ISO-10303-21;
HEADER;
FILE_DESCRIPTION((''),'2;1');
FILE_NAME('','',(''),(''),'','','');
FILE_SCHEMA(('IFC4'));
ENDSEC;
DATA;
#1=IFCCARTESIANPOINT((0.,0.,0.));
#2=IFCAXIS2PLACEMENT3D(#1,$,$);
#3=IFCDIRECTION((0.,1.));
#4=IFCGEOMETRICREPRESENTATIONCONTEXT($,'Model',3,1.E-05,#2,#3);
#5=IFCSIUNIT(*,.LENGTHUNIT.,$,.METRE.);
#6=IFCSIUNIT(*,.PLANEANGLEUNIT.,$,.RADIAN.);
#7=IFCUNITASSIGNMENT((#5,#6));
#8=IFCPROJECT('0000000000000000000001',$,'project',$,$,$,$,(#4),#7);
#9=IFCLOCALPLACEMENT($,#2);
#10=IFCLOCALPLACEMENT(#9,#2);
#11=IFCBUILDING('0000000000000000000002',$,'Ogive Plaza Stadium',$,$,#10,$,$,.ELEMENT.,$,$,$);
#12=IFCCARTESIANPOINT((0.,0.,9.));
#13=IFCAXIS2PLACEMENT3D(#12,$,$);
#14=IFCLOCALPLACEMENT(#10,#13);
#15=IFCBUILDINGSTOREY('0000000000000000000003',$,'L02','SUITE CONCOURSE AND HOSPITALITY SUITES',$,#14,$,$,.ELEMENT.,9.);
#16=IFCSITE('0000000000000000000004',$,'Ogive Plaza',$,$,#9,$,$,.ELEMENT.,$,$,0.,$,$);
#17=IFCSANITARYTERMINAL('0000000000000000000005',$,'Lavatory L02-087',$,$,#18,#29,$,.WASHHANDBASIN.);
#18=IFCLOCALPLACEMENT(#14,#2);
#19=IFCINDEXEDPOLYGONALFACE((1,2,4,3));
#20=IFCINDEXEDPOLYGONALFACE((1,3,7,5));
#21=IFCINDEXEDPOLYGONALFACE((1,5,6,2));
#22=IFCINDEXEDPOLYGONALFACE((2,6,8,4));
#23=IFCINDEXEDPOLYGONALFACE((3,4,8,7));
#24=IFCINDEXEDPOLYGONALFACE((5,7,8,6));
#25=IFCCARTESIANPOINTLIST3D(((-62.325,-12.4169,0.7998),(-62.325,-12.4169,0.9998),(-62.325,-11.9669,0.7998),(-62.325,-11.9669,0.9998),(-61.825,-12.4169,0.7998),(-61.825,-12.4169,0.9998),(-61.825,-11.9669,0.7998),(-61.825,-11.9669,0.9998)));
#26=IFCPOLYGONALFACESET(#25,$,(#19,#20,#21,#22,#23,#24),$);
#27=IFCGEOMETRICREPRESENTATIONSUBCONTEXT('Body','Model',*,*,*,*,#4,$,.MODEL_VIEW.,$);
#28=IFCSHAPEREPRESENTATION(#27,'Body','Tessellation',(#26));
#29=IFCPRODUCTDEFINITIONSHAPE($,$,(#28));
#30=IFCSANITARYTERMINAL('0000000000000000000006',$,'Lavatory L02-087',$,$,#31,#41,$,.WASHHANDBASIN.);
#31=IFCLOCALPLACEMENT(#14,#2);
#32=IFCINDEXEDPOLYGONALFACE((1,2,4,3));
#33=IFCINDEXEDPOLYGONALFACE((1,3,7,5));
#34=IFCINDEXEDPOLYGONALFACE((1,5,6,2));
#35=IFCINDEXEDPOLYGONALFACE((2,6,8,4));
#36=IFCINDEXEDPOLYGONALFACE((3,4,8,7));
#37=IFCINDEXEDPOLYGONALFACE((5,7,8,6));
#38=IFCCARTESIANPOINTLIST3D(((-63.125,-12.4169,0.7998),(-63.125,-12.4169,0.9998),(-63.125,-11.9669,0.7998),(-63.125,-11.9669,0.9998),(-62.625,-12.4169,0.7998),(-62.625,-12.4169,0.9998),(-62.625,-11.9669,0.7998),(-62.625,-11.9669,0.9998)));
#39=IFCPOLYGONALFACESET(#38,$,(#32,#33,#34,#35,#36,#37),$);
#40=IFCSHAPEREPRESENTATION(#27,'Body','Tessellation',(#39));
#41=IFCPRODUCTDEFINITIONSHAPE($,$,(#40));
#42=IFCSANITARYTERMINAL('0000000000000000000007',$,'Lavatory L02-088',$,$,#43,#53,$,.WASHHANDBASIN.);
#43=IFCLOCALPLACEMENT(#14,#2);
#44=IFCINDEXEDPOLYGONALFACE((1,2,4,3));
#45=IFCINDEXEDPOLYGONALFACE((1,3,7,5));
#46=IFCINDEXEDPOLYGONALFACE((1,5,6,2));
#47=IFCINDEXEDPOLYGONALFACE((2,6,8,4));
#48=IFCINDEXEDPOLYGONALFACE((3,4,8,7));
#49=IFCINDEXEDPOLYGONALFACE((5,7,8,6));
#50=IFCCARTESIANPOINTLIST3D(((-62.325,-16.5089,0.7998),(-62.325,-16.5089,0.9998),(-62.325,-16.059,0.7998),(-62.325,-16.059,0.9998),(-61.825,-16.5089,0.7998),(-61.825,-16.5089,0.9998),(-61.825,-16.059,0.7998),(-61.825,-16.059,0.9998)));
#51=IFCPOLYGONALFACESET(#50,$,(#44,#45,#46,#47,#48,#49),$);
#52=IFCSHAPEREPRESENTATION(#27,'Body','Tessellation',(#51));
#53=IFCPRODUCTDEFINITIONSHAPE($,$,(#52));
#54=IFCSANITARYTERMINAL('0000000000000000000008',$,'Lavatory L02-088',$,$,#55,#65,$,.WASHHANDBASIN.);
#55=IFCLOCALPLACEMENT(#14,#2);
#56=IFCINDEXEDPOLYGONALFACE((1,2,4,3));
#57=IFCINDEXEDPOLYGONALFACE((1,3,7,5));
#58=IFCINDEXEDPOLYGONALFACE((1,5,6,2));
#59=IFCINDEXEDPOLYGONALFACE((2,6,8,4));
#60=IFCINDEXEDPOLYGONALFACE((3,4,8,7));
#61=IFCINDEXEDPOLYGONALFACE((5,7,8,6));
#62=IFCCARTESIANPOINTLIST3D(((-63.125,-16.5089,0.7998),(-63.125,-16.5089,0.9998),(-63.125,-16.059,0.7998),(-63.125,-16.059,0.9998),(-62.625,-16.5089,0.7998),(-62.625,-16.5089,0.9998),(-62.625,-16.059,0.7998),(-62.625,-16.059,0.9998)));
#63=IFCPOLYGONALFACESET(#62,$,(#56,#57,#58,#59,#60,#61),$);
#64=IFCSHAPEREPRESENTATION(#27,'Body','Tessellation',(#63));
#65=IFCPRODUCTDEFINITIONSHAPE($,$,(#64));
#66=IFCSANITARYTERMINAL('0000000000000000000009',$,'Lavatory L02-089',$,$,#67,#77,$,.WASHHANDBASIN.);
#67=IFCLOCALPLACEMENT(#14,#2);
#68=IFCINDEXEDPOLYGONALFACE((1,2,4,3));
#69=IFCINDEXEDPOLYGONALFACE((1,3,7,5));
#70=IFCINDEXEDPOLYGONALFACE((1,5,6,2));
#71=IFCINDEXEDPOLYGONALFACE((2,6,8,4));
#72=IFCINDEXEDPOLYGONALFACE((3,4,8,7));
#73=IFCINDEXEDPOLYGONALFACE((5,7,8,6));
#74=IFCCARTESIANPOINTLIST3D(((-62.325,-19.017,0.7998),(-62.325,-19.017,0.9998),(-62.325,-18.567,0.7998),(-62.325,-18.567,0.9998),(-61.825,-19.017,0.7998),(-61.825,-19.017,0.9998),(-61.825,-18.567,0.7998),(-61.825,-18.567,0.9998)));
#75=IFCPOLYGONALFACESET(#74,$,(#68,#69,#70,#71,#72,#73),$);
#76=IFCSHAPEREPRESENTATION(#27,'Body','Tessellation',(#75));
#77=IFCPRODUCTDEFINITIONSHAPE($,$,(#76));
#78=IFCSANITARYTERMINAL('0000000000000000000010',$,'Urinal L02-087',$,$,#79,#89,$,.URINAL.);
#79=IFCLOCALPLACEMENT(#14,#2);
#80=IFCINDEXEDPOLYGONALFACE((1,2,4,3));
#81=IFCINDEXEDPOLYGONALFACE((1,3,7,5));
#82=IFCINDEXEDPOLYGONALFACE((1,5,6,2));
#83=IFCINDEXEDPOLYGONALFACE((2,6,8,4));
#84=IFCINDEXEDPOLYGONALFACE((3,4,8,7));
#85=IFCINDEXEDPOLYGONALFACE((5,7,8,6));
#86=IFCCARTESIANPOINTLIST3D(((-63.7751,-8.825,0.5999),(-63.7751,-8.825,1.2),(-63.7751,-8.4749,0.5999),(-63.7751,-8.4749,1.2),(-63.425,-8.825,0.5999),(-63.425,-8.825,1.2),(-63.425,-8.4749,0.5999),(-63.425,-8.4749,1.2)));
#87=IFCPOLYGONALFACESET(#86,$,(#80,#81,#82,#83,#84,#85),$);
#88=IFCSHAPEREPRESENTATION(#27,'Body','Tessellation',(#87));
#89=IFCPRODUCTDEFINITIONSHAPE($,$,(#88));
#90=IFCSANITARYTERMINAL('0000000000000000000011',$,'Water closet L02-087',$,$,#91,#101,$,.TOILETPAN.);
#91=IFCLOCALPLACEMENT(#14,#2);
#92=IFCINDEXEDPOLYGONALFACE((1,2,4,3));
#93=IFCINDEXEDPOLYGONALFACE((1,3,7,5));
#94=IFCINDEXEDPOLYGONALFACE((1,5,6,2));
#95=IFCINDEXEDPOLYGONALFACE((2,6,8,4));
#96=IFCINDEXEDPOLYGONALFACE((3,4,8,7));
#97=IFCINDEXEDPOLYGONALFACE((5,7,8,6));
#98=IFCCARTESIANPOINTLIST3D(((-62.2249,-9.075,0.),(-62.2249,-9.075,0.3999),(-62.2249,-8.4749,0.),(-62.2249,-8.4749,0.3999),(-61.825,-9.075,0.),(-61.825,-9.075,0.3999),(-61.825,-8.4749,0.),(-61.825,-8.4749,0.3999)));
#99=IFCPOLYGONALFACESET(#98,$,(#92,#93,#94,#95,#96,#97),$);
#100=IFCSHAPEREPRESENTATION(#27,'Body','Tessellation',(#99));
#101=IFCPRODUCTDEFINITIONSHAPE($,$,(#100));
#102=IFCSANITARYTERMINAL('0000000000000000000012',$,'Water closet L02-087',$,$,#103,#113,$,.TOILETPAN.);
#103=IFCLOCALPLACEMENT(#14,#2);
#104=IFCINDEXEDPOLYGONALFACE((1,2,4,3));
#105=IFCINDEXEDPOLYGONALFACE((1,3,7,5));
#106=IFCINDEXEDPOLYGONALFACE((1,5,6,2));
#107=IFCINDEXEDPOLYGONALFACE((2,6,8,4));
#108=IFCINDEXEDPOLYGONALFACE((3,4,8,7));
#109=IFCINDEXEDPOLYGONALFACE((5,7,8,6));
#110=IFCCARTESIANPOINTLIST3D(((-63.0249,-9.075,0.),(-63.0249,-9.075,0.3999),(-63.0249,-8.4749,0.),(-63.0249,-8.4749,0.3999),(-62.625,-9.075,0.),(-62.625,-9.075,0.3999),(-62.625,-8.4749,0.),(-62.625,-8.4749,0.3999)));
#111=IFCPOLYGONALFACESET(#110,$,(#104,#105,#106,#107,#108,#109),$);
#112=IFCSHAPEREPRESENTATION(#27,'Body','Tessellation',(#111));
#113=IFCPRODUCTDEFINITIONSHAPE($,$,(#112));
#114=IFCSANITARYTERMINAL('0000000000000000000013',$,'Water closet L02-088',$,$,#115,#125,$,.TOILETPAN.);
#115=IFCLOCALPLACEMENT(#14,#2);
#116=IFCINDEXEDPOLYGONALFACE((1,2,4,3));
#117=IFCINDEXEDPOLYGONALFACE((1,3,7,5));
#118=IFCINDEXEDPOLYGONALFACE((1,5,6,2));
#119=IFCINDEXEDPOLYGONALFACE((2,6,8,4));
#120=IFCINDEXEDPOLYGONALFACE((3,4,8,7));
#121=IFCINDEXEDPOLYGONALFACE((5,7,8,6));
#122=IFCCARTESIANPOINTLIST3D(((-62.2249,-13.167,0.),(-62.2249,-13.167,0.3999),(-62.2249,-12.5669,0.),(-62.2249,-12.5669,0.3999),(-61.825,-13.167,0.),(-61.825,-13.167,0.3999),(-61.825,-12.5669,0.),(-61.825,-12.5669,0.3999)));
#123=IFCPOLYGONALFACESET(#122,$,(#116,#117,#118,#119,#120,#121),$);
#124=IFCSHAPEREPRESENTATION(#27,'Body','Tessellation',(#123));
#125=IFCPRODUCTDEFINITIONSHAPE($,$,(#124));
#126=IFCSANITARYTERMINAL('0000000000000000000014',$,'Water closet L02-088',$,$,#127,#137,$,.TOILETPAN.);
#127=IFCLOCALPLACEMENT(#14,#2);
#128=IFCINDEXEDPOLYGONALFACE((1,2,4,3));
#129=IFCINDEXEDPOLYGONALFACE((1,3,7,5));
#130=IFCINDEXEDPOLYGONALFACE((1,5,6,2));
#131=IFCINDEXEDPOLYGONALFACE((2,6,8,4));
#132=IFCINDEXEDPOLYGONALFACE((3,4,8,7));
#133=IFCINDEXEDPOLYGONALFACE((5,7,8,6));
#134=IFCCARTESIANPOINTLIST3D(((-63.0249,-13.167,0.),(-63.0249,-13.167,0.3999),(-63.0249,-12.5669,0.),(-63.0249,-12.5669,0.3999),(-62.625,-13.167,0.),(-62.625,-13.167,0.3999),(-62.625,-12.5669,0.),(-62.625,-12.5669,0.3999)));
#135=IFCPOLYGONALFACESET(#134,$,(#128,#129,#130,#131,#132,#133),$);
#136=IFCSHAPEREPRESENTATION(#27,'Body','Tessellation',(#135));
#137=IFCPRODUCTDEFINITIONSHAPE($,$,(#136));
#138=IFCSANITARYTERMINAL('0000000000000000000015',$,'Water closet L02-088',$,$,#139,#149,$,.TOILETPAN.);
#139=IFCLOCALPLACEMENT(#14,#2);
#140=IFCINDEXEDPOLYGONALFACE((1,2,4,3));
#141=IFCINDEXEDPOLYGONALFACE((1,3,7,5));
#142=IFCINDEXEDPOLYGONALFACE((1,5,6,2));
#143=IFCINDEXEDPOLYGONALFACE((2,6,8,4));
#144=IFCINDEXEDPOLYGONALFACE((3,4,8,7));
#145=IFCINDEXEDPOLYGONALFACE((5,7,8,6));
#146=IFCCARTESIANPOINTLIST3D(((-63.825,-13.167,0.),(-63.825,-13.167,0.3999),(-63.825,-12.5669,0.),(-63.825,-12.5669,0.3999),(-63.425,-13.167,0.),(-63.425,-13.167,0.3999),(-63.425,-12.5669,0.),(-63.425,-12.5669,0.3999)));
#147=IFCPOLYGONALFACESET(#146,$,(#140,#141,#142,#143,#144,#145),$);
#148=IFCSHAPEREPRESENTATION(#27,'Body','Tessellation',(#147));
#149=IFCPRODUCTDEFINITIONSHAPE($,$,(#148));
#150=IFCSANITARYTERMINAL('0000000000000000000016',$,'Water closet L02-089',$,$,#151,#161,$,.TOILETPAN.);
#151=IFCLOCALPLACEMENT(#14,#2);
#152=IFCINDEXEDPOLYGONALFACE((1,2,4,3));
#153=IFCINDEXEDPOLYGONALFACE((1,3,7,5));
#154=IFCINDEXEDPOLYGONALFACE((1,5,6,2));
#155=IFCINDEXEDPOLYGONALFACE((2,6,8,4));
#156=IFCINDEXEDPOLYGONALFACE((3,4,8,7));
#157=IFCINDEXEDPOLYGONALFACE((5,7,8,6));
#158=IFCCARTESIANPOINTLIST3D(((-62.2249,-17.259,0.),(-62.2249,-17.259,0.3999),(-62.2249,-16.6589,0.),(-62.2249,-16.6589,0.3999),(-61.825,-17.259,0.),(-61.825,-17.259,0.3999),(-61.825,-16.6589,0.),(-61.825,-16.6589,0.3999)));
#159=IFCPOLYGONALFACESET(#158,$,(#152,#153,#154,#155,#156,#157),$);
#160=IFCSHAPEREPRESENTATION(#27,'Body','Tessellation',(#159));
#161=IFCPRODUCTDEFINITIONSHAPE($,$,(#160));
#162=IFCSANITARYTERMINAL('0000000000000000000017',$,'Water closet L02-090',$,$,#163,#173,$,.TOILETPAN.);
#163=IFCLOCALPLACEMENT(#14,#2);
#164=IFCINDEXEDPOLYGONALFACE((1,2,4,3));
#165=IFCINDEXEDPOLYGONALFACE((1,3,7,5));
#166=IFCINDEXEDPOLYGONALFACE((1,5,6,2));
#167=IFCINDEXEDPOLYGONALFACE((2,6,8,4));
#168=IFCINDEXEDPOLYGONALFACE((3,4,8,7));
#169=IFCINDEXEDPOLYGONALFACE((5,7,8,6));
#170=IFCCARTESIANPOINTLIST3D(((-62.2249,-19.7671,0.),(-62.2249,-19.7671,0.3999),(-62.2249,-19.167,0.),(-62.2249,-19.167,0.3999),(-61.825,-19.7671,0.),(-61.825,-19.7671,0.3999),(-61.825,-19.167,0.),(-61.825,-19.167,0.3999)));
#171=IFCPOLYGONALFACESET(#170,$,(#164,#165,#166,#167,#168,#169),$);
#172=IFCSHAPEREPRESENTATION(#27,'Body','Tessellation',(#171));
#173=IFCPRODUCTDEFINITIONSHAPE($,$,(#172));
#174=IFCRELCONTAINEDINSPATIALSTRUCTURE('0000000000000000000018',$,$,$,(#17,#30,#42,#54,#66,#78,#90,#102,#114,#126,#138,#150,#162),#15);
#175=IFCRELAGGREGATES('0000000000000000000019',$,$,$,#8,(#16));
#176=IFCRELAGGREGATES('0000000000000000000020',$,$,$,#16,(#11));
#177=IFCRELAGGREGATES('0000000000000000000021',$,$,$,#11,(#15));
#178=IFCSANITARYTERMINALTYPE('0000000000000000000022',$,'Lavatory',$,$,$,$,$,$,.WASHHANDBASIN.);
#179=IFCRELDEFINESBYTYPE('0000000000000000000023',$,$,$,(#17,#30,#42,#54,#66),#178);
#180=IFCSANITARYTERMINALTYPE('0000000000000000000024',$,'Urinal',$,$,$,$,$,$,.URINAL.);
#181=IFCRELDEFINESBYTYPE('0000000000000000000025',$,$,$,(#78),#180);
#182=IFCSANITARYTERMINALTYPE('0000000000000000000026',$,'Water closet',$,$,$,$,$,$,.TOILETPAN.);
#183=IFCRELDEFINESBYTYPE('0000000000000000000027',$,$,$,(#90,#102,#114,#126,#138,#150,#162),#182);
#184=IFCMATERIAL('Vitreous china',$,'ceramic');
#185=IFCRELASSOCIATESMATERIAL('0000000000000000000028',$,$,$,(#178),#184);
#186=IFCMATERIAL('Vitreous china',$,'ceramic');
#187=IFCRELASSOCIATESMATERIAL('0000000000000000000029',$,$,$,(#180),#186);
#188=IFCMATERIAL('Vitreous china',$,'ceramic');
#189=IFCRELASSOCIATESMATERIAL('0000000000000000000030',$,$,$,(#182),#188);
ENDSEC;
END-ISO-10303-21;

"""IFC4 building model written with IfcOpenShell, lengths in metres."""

from ifc_helpers import new_model, si_unit, direction, frame, origin, origin_2d, place, context, subcontext, project, spatial, rectangle, extrude, material, type_object, element, save


model = new_model("IFC4")

# Units and contexts
model_context = context("Model", 3, precision=1e-05, world=origin(), true_north=direction((0.0, 1.0)))
body_context = subcontext(model_context, "Body", "Model", "MODEL_VIEW")
ifc_project = project(units=[si_unit("LENGTHUNIT", "METRE"), si_unit("PLANEANGLEUNIT", "RADIAN")], contexts=[model_context])

# Site, building, storey
site_placement = place(None, origin())
site = spatial("IfcSite", under=ifc_project, at=site_placement, Name="Ogive Plaza", CompositionType="ELEMENT", RefElevation=0.0)
building_placement = place(site_placement, origin())
building = spatial("IfcBuilding", under=site, at=building_placement, Name="Ogive Plaza Stadium", CompositionType="ELEMENT")
storey_placement = place(building_placement, frame((0.0, 0.0, 9.0)))
storey = spatial("IfcBuildingStorey", under=building, at=storey_placement, Name="L02", Description="SUITE CONCOURSE AND HOSPITALITY SUITES", CompositionType="ELEMENT", Elevation=9.0)

# Sanitary terminals
ifc_material_1 = material(Name="Vitreous china", Category="ceramic")
sanitary_terminal_type_1 = type_object("IfcSanitaryTerminalType", Name="Lavatory", PredefinedType="WASHHANDBASIN", material=ifc_material_1)
for number, where, z_axis, x_axis, name in (
    (1, (-62.075, -12.1919, 0.7998), (0.0, 0.0, 1.0), (-1.0, 0.0, 0.0), "Lavatory L02-087"),
    (2, (-62.875, -12.1919, 0.7998), (0.0, 0.0, 1.0), (-1.0, 0.0, 0.0), "Lavatory L02-087"),
    (3, (-62.075, -16.2839, 0.7998), (0.0, 0.0, 1.0), (-1.0, 0.0, 0.0), "Lavatory L02-088"),
    (4, (-62.875, -16.2839, 0.7998), (0.0, 0.0, 1.0), (-1.0, 0.0, 0.0), "Lavatory L02-088"),
    (5, (-62.075, -18.792, 0.7998), (0.0, 0.0, 1.0), (-1.0, 0.0, 0.0), "Lavatory L02-089"),
):
    element("IfcSanitaryTerminal", number, at=place(storey_placement, frame(where, z_axis=z_axis, x_axis=x_axis)), inside=storey, type_object=sanitary_terminal_type_1, Name=name, PredefinedType="WASHHANDBASIN", context=body_context, shape_type="SweptSolid", body=[
        extrude(rectangle(XDim=0.5, YDim=0.45, at=origin_2d()), origin(), (0.0, 0.0, 1.0), 0.2),
    ])
ifc_material_2 = material(Name="Vitreous china", Category="ceramic")
sanitary_terminal_type_2 = type_object("IfcSanitaryTerminalType", Name="Urinal", PredefinedType="URINAL", material=ifc_material_2)
sanitary_terminal_1_placement = place(storey_placement, frame((-63.6001, -8.6499, 0.5999), z_axis=(0.0, 0.0, 1.0), x_axis=(-1.0, 0.0, 0.0)))
element("IfcSanitaryTerminal", 6, at=sanitary_terminal_1_placement, inside=storey, type_object=sanitary_terminal_type_2, Name="Urinal L02-087", PredefinedType="URINAL", context=body_context, shape_type="SweptSolid", body=[
    extrude(rectangle(XDim=0.3501, YDim=0.3501, at=origin_2d()), origin(), (0.0, 0.0, 1.0), 0.6001),
])
ifc_material_3 = material(Name="Vitreous china", Category="ceramic")
sanitary_terminal_type_3 = type_object("IfcSanitaryTerminalType", Name="Water closet", PredefinedType="TOILETPAN", material=ifc_material_3)
for number, where, z_axis, x_axis, name in (
    (7, (-62.0249, -8.7749, 0.0), (0.0, 0.0, 1.0), (-1.0, 0.0, 0.0), "Water closet L02-087"),
    (8, (-62.825, -8.7749, 0.0), (0.0, 0.0, 1.0), (-1.0, 0.0, 0.0), "Water closet L02-087"),
    (9, (-62.0249, -12.8669, 0.0), (0.0, 0.0, 1.0), (-1.0, 0.0, 0.0), "Water closet L02-088"),
    (10, (-62.825, -12.8669, 0.0), (0.0, 0.0, 1.0), (-1.0, 0.0, 0.0), "Water closet L02-088"),
    (11, (-63.625, -12.8669, 0.0), (0.0, 0.0, 1.0), (-1.0, 0.0, 0.0), "Water closet L02-088"),
    (12, (-62.0249, -16.959, 0.0), (0.0, 0.0, 1.0), (-1.0, 0.0, 0.0), "Water closet L02-089"),
    (13, (-62.0249, -19.467, 0.0), (0.0, 0.0, 1.0), (-1.0, 0.0, 0.0), "Water closet L02-090"),
):
    element("IfcSanitaryTerminal", number, at=place(storey_placement, frame(where, z_axis=z_axis, x_axis=x_axis)), inside=storey, type_object=sanitary_terminal_type_3, Name=name, PredefinedType="TOILETPAN", context=body_context, shape_type="SweptSolid", body=[
        extrude(rectangle(XDim=0.3999, YDim=0.6001, at=origin_2d()), origin(), (0.0, 0.0, 1.0), 0.3999),
    ])

save(model, "model.ifc")
